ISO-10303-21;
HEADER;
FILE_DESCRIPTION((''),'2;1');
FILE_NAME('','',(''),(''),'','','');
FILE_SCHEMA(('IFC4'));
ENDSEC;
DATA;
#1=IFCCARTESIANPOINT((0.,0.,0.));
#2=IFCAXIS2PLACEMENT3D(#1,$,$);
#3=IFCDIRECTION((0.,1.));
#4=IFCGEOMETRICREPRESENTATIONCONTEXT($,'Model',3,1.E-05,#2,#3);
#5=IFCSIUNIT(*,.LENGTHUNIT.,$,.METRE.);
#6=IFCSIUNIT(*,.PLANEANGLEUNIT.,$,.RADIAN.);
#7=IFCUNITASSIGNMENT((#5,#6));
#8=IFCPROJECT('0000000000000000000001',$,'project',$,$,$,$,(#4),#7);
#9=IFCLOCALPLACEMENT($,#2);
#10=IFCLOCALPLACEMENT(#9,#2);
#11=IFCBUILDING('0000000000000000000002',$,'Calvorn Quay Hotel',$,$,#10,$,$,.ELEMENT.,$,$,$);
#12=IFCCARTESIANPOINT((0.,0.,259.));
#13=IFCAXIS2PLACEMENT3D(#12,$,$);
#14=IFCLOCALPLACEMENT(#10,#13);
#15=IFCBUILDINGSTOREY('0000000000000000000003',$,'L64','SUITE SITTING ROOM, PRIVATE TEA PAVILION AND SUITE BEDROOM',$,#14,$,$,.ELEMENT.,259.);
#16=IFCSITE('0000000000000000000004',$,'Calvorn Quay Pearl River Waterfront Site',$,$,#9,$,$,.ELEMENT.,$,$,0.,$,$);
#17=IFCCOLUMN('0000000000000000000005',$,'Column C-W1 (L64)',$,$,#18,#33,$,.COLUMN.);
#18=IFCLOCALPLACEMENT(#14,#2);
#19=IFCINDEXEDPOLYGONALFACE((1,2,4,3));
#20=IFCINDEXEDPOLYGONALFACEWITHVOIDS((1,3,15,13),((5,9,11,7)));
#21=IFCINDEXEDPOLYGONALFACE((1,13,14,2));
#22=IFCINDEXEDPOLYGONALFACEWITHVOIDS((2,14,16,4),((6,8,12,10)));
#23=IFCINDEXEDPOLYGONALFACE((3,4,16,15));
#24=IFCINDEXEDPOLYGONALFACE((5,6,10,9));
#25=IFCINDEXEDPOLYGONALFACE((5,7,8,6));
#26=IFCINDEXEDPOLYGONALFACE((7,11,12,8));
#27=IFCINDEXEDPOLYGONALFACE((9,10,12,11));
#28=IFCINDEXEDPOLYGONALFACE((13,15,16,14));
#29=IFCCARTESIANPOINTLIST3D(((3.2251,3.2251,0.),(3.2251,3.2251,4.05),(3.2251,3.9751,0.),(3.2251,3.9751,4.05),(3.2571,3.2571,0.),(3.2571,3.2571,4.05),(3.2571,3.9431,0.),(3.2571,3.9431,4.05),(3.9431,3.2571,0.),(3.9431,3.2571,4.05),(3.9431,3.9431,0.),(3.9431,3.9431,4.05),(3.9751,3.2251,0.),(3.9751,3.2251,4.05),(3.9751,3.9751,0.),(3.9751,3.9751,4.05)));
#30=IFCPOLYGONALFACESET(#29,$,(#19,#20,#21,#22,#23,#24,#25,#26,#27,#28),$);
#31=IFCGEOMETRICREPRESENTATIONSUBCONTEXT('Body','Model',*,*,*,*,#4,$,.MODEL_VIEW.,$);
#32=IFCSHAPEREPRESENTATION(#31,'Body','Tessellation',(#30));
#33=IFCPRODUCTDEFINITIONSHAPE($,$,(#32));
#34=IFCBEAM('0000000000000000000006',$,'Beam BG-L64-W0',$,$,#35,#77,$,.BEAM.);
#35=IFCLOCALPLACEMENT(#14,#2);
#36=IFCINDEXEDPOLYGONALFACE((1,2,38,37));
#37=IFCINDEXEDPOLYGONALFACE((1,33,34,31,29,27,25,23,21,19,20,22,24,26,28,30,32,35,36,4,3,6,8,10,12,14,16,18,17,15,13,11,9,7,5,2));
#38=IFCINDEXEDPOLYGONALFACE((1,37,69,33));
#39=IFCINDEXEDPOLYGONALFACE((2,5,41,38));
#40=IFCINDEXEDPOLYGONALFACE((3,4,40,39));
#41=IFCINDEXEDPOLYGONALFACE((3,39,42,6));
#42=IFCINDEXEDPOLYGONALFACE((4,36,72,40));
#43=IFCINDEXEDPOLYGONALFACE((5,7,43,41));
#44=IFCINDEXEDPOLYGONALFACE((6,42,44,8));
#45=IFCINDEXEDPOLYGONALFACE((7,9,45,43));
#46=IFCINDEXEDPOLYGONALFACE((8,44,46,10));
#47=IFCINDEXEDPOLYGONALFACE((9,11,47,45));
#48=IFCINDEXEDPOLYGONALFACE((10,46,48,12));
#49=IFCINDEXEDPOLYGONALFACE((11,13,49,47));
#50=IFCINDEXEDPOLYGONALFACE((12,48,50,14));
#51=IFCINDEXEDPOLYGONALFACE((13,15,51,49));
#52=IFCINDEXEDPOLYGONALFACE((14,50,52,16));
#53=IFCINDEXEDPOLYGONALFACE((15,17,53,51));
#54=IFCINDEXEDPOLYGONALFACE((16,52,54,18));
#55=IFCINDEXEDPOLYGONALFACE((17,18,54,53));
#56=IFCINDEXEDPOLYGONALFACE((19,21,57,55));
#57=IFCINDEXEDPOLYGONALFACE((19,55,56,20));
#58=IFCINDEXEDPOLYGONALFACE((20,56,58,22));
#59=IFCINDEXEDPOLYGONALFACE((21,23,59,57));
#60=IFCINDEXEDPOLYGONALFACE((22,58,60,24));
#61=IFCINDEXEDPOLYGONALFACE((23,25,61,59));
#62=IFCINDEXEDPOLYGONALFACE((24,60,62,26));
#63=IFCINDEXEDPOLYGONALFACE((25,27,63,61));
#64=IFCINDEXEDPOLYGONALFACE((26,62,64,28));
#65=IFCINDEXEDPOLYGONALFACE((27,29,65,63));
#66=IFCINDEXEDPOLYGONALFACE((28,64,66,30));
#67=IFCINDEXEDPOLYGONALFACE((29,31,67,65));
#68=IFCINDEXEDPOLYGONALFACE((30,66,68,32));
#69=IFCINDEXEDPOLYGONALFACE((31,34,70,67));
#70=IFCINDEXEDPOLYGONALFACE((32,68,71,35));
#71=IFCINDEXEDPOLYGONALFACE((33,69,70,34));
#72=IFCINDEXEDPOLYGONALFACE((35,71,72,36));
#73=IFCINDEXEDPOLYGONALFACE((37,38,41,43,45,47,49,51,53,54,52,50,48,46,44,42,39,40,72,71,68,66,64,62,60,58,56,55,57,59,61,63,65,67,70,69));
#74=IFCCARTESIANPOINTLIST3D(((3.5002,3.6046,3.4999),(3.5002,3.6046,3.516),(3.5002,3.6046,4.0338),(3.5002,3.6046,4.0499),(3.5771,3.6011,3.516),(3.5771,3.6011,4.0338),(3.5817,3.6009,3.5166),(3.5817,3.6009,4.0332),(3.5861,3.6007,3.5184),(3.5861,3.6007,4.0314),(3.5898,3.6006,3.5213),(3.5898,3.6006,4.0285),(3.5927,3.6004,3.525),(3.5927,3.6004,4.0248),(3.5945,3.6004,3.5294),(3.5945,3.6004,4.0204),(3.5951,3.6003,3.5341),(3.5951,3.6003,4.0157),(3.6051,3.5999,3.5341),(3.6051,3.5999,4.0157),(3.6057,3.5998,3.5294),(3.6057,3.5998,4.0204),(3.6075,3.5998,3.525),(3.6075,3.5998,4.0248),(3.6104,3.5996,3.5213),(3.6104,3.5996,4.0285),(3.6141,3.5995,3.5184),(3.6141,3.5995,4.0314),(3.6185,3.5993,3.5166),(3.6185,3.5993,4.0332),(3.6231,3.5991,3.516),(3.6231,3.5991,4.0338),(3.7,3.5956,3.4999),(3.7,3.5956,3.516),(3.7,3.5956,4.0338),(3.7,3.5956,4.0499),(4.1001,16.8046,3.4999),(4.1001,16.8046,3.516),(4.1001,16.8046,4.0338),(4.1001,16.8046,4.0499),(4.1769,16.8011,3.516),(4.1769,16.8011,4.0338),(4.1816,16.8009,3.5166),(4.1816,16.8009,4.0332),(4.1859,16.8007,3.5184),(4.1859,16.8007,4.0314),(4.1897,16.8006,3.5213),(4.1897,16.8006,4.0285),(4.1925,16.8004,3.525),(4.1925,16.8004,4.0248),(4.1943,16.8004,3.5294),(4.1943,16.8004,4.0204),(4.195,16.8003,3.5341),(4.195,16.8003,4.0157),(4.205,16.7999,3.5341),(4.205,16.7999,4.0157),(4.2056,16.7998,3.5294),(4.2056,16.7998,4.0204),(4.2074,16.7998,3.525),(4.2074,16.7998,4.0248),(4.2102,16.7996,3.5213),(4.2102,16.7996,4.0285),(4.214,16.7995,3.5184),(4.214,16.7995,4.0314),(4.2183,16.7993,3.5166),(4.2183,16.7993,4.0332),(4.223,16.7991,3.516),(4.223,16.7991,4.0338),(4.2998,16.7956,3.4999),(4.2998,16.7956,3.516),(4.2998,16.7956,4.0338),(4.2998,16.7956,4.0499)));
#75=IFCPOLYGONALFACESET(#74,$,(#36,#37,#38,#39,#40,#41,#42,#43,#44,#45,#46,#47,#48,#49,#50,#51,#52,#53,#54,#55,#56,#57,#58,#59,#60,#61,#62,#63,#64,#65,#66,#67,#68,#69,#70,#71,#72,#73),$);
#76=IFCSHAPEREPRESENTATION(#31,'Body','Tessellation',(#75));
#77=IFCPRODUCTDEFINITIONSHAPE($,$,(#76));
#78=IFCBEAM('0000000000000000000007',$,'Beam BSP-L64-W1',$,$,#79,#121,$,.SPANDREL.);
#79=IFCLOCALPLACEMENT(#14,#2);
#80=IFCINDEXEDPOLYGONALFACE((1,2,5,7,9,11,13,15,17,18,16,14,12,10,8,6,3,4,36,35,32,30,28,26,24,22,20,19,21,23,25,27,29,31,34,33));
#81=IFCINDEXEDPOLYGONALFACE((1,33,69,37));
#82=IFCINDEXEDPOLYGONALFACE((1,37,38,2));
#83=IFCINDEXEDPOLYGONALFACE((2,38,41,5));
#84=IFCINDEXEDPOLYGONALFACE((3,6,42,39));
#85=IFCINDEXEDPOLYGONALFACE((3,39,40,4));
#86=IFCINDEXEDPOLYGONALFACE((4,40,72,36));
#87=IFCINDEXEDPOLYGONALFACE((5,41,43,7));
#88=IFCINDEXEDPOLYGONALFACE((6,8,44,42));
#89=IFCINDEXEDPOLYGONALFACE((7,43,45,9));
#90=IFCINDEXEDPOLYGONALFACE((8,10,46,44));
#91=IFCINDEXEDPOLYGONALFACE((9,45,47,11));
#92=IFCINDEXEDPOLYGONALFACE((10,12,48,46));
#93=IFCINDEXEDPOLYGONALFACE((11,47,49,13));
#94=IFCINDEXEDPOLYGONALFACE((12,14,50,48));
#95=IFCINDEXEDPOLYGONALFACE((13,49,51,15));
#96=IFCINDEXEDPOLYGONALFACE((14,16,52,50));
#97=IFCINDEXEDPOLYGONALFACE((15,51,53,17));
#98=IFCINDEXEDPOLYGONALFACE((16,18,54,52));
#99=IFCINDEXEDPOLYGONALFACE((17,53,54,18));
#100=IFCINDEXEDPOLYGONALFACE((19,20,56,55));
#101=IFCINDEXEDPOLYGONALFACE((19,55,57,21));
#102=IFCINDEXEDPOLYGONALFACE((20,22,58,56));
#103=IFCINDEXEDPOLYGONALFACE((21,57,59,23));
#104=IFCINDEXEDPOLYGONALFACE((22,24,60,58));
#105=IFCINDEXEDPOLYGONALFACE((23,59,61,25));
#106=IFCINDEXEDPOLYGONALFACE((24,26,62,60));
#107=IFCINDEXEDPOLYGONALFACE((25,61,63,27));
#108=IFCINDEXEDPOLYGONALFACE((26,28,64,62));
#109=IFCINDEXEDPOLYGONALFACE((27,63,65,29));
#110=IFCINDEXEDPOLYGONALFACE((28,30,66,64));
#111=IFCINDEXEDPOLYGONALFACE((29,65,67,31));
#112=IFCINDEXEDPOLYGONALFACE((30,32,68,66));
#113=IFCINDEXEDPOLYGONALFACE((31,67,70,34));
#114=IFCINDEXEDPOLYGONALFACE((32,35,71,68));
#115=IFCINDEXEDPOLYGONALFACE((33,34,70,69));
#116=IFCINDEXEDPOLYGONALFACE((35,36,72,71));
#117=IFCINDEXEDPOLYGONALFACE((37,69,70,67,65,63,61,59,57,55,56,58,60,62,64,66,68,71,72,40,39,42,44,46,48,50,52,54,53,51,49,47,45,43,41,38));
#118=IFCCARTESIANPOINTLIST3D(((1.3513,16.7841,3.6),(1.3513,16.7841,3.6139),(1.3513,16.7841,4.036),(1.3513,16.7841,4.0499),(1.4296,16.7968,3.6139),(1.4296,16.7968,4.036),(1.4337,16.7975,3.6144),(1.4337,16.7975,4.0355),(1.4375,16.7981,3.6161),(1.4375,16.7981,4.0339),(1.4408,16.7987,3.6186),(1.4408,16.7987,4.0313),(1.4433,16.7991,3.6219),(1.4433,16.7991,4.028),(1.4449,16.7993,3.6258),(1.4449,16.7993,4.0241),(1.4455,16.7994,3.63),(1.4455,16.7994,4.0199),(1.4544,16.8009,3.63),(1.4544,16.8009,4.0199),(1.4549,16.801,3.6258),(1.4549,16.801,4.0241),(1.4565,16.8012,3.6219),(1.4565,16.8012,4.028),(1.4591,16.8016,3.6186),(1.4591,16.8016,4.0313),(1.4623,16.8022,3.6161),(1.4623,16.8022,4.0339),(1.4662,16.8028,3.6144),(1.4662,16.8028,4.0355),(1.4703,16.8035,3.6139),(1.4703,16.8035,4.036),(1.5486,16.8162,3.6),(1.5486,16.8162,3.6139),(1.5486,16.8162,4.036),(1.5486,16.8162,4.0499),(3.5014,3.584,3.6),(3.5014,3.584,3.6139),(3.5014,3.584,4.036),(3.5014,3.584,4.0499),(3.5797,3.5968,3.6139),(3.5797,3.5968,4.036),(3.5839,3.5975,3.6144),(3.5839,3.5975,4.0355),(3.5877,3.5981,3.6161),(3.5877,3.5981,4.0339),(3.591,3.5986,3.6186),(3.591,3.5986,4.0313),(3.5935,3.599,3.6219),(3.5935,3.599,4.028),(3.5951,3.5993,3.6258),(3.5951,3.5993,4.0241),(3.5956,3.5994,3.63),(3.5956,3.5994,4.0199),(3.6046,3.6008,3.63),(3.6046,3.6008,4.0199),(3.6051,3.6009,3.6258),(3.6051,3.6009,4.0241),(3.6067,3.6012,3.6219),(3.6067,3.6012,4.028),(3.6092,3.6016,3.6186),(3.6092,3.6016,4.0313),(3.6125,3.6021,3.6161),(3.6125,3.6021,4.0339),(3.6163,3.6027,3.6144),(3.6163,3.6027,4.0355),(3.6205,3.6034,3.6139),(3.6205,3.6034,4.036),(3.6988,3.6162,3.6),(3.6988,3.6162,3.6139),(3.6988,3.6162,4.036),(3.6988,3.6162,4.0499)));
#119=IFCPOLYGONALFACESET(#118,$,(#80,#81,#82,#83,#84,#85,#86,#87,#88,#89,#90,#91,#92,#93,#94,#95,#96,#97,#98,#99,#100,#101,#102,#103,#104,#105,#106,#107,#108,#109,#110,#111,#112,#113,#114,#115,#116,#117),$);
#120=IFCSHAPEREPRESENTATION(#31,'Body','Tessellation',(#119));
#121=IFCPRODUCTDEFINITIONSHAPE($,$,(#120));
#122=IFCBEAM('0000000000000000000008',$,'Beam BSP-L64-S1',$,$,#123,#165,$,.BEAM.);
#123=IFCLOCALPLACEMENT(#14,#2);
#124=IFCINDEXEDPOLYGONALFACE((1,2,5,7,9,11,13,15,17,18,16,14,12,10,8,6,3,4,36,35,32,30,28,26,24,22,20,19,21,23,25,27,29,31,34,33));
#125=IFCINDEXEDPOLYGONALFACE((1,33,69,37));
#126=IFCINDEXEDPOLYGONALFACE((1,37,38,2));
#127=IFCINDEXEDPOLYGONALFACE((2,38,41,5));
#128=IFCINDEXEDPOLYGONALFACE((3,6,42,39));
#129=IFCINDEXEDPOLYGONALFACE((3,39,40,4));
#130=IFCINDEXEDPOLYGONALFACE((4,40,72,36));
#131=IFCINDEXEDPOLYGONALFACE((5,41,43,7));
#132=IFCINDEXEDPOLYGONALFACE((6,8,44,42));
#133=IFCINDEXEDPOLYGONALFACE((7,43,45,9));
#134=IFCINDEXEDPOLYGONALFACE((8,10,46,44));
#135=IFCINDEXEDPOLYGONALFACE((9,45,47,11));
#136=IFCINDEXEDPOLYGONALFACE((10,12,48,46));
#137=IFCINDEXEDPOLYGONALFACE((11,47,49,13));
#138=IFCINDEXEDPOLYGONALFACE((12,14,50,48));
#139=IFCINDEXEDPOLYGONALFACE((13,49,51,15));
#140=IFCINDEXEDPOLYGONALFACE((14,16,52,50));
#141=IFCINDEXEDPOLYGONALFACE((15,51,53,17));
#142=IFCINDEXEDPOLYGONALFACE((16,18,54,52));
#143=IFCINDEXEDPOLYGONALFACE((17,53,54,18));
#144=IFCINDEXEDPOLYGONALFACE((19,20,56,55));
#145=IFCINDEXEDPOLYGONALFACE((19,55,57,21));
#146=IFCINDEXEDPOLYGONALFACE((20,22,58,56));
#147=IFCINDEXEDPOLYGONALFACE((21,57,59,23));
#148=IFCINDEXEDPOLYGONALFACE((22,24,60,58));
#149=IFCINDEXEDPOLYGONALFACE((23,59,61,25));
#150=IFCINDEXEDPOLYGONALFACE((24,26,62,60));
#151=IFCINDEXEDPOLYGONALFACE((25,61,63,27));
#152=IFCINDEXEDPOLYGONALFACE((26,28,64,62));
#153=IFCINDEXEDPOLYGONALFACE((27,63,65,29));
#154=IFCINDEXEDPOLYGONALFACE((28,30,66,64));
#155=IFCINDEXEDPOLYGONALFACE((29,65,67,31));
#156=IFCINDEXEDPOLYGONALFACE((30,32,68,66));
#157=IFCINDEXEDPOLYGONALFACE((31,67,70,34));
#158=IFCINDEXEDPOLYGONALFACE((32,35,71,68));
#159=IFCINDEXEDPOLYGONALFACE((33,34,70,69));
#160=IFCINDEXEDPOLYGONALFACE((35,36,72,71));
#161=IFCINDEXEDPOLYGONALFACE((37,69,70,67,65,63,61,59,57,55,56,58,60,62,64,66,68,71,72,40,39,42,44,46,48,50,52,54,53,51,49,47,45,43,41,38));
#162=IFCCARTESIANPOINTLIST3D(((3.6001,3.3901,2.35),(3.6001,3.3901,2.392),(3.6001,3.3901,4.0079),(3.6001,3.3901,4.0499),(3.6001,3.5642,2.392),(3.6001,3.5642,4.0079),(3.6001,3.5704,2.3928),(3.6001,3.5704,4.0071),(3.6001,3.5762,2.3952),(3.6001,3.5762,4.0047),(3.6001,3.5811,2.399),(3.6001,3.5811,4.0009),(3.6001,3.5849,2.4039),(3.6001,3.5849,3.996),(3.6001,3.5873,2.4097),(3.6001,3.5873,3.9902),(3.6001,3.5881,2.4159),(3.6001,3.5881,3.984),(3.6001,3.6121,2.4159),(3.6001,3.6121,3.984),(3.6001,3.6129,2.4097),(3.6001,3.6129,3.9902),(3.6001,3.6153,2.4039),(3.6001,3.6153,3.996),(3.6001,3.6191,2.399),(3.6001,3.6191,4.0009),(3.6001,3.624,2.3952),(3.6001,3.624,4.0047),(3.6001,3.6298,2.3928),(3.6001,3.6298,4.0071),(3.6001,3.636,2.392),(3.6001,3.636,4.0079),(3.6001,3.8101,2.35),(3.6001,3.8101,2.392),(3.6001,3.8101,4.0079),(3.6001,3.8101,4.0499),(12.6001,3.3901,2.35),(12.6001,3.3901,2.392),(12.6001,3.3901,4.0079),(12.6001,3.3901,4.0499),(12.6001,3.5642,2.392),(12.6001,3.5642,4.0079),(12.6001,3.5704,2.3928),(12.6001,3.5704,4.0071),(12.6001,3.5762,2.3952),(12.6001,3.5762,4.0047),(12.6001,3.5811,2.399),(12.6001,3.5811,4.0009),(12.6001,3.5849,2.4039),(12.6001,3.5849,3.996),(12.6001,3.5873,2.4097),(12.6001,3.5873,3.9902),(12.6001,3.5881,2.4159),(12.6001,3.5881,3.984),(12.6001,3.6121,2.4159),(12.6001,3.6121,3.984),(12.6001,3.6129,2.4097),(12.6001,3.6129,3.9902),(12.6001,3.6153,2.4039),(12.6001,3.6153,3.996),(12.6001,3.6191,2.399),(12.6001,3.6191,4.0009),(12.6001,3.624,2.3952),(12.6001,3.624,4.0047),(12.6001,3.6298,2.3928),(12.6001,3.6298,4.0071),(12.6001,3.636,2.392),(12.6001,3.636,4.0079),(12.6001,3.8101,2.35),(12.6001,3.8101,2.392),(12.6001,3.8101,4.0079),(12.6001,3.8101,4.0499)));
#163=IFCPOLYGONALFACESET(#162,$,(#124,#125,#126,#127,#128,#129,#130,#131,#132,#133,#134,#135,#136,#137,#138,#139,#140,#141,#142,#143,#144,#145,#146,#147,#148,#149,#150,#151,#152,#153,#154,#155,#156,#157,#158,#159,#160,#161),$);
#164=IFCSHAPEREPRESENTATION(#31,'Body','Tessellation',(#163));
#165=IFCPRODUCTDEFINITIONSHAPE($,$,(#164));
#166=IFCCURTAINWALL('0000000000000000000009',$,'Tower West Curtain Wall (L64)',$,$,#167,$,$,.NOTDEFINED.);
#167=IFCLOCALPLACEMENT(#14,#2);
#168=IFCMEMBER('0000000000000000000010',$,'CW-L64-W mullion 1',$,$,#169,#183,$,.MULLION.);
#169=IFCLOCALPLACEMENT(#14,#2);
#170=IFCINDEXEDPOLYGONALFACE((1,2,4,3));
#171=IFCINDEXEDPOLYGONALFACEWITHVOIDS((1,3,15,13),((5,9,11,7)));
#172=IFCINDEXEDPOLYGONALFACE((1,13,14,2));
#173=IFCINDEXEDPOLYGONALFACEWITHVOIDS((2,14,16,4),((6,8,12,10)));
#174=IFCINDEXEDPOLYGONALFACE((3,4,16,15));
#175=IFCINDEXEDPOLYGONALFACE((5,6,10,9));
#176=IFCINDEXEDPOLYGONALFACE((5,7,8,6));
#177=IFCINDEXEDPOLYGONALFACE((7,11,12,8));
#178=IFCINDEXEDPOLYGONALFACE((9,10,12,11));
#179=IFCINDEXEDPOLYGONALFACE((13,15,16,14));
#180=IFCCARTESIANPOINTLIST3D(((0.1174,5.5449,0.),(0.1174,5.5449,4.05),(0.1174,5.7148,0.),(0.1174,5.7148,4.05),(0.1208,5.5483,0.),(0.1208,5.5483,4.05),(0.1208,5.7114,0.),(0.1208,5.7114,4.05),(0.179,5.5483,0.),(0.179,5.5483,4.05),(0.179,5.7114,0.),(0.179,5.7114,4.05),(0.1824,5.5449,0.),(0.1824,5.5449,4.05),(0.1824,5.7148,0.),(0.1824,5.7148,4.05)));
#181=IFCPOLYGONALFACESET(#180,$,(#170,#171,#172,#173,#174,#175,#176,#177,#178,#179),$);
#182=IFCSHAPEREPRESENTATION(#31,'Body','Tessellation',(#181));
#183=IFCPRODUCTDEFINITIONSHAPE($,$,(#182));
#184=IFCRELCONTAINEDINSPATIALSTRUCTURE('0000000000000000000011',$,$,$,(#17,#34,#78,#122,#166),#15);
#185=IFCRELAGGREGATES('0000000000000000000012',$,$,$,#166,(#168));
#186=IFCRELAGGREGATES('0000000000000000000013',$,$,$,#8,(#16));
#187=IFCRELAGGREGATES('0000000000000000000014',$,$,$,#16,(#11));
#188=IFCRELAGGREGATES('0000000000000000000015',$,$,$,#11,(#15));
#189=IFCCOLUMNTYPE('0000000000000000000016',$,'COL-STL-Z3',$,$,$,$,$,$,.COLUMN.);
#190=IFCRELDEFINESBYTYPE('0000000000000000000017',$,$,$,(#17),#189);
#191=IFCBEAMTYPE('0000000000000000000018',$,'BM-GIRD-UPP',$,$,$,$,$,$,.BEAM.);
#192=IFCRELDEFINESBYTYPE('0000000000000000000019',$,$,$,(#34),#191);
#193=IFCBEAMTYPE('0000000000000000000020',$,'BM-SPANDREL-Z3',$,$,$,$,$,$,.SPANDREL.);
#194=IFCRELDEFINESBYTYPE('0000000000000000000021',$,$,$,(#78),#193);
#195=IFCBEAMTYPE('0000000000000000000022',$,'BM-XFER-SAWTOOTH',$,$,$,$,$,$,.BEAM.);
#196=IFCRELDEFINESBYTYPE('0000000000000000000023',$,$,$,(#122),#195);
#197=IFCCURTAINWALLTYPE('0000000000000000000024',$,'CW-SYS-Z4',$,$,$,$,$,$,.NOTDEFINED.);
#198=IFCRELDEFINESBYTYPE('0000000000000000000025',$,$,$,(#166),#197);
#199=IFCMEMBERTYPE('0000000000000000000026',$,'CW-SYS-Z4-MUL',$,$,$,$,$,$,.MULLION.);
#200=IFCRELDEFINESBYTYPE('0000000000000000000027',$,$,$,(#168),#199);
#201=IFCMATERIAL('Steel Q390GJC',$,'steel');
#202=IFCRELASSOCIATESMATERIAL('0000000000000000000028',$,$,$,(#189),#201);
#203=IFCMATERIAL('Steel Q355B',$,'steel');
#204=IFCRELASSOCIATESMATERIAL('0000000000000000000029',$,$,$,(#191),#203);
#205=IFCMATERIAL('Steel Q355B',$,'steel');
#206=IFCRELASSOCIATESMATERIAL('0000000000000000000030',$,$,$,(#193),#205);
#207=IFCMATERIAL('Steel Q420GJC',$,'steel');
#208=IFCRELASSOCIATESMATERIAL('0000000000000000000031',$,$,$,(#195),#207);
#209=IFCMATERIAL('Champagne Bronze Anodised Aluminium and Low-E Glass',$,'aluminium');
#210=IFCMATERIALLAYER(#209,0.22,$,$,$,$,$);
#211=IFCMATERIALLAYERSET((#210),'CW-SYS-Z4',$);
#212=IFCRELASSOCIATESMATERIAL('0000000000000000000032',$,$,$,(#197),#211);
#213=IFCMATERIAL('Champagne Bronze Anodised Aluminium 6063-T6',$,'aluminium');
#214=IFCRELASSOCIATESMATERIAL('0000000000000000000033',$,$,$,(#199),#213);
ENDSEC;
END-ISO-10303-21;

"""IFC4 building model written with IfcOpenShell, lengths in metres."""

from ifc_helpers import new_model, si_unit, direction, frame, origin, origin_2d, place, context, subcontext, project, spatial, hollow_rectangle, i_section, extrude, material, layer, layer_set, material_profile, profile_set, type_object, element, aggregate, save


model = new_model("IFC4")

# Units and contexts
model_context = context("Model", 3, precision=1e-05, world=origin(), true_north=direction((0.0, 1.0)))
body_context = subcontext(model_context, "Body", "Model", "MODEL_VIEW")
ifc_project = project(units=[si_unit("LENGTHUNIT", "METRE"), si_unit("PLANEANGLEUNIT", "RADIAN")], contexts=[model_context])

# Site, building, storey
site_placement = place(None, origin())
site = spatial("IfcSite", under=ifc_project, at=site_placement, Name="Calvorn Quay Pearl River Waterfront Site", CompositionType="ELEMENT", RefElevation=0.0)
building_placement = place(site_placement, origin())
building = spatial("IfcBuilding", under=site, at=building_placement, Name="Calvorn Quay Hotel", CompositionType="ELEMENT")
storey_placement = place(building_placement, frame((0.0, 0.0, 259.0)))
storey = spatial("IfcBuildingStorey", under=building, at=storey_placement, Name="L64", Description="SUITE SITTING ROOM, PRIVATE TEA PAVILION AND SUITE BEDROOM", CompositionType="ELEMENT", Elevation=259.0)

# Column
ifc_material_1 = material(Name="Steel Q390GJC", Category="steel")
ifc_material_profile_1 = material_profile(ifc_material_1, hollow_rectangle(XDim=0.75, YDim=0.75, WallThickness=0.032, at=origin_2d()), Name="BOX750x750x32")
ifc_profile_set_1 = profile_set([ifc_material_profile_1], Name="Steel Q390GJC")
column_type = type_object("IfcColumnType", Name="COL-STL-Z3", PredefinedType="COLUMN", material=ifc_profile_set_1)
column_placement = place(storey_placement, frame((3.6001, 3.6001, 0.0), z_axis=(0.0, 0.0, 1.0), x_axis=(1.0, 0.0, 0.0)))
element("IfcColumn", 1, at=column_placement, inside=storey, type_object=column_type, Name="Column C-W1 (L64)", PredefinedType="COLUMN", context=body_context, shape_type="SweptSolid", body=[
    extrude(hollow_rectangle(XDim=0.75, YDim=0.75, WallThickness=0.032, at=origin_2d()), origin(), (0.0, 0.0, 1.0), 4.05),
])

# Beams
ifc_material_2 = material(Name="Steel Q355B", Category="steel")
ifc_material_profile_2 = material_profile(ifc_material_2, i_section(OverallWidth=0.2, OverallDepth=0.55, WebThickness=0.01, FlangeThickness=0.0161, FilletRadius=0.0181, at=origin_2d()), Name="HN550x200x10x16")
ifc_profile_set_2 = profile_set([ifc_material_profile_2], Name="Steel Q355B")
beam_type_1 = type_object("IfcBeamType", Name="BM-GIRD-UPP", PredefinedType="BEAM", material=ifc_profile_set_2)
beam_1_placement = place(storey_placement, frame((3.6001, 3.6001, 3.7749), z_axis=(0.045397, 0.998969, 0.0), x_axis=(-0.998969, 0.045397, 0.0)))
element("IfcBeam", 2, at=beam_1_placement, inside=storey, type_object=beam_type_1, Name="Beam BG-L64-W0", PredefinedType="BEAM", context=body_context, shape_type="SweptSolid", body=[
    extrude(i_section(OverallWidth=0.2, OverallDepth=0.55, WebThickness=0.01, FlangeThickness=0.0161, FilletRadius=0.0181, at=origin_2d()), origin(), (0.0, 0.0, 1.0), 13.2136),
])
ifc_material_3 = material(Name="Steel Q355B", Category="steel")
ifc_material_profile_3 = material_profile(ifc_material_3, i_section(OverallWidth=0.2, OverallDepth=0.45, WebThickness=0.009, FlangeThickness=0.0139, FilletRadius=0.0161, at=origin_2d()), Name="HN450x200x9x14")
ifc_profile_set_3 = profile_set([ifc_material_profile_3], Name="Steel Q355B")
beam_type_2 = type_object("IfcBeamType", Name="BM-SPANDREL-Z3", PredefinedType="SPANDREL", material=ifc_profile_set_3)
beam_2_placement = place(storey_placement, frame((3.6001, 3.6001, 3.825), z_axis=(-0.160772, 0.986992, 0.0), x_axis=(-0.986992, -0.160772, 0.0)))
element("IfcBeam", 3, at=beam_2_placement, inside=storey, type_object=beam_type_2, Name="Beam BSP-L64-W1", PredefinedType="SPANDREL", context=body_context, shape_type="SweptSolid", body=[
    extrude(i_section(OverallWidth=0.2, OverallDepth=0.45, WebThickness=0.009, FlangeThickness=0.0139, FilletRadius=0.0161, at=origin_2d()), origin(), (0.0, 0.0, 1.0), 13.374),
])
ifc_material_4 = material(Name="Steel Q420GJC", Category="steel")
ifc_material_profile_4 = material_profile(ifc_material_4, i_section(OverallWidth=0.4199, OverallDepth=1.7, WebThickness=0.0239, FlangeThickness=0.042, FilletRadius=0.0239, at=origin_2d()), Name="HN1700x420x24x42")
ifc_profile_set_4 = profile_set([ifc_material_profile_4], Name="Steel Q420GJC")
beam_type_3 = type_object("IfcBeamType", Name="BM-XFER-SAWTOOTH", PredefinedType="BEAM", material=ifc_profile_set_4)
beam_3_placement = place(storey_placement, frame((3.6001, 3.6001, 3.2), z_axis=(1.0, 0.0, 0.0), x_axis=(0.0, 1.0, 0.0)))
element("IfcBeam", 4, at=beam_3_placement, inside=storey, type_object=beam_type_3, Name="Beam BSP-L64-S1", PredefinedType="BEAM", context=body_context, shape_type="SweptSolid", body=[
    extrude(i_section(OverallWidth=0.4199, OverallDepth=1.7, WebThickness=0.0239, FlangeThickness=0.042, FilletRadius=0.0239, at=origin_2d()), origin(), (0.0, 0.0, 1.0), 9.0),
])

# Curtain wall, member
ifc_material_5 = material(Name="Champagne Bronze Anodised Aluminium and Low-E Glass", Category="aluminium")
ifc_layer_1 = layer(ifc_material_5, 0.22)
ifc_layer_set_1 = layer_set([ifc_layer_1], Name="CW-SYS-Z4")
curtain_wall_type = type_object("IfcCurtainWallType", Name="CW-SYS-Z4", PredefinedType="NOTDEFINED", material=ifc_layer_set_1)
curtain_wall_placement = place(storey_placement, origin())
curtain_wall = element("IfcCurtainWall", 5, at=curtain_wall_placement, inside=storey, type_object=curtain_wall_type, Name="Tower West Curtain Wall (L64)", PredefinedType="NOTDEFINED")
ifc_material_6 = material(Name="Champagne Bronze Anodised Aluminium 6063-T6", Category="aluminium")
ifc_material_profile_5 = material_profile(ifc_material_6, hollow_rectangle(XDim=0.0649, YDim=0.1699, WallThickness=0.0034, at=origin_2d()), Name="ALU-M170x65x3.5")
ifc_profile_set_5 = profile_set([ifc_material_profile_5], Name="Champagne Bronze Anodised Aluminium 6063-T6")
member_type_1 = type_object("IfcMemberType", Name="CW-SYS-Z4-MUL", PredefinedType="MULLION", material=ifc_profile_set_5)
member_1_placement = place(storey_placement, frame((0.1499, 5.6299, 0.0), z_axis=(0.0, 0.0, 1.0), x_axis=(-1.0, 0.0, 0.0)))
member_1 = element("IfcMember", 6, at=member_1_placement, type_object=member_type_1, Name="CW-L64-W mullion 1", PredefinedType="MULLION", context=body_context, shape_type="SweptSolid", body=[
    extrude(hollow_rectangle(XDim=0.0649, YDim=0.1699, WallThickness=0.0034, at=origin_2d()), origin(), (0.0, 0.0, 1.0), 4.05),
])
aggregate(curtain_wall, [member_1])

save(model, "model.ifc")
